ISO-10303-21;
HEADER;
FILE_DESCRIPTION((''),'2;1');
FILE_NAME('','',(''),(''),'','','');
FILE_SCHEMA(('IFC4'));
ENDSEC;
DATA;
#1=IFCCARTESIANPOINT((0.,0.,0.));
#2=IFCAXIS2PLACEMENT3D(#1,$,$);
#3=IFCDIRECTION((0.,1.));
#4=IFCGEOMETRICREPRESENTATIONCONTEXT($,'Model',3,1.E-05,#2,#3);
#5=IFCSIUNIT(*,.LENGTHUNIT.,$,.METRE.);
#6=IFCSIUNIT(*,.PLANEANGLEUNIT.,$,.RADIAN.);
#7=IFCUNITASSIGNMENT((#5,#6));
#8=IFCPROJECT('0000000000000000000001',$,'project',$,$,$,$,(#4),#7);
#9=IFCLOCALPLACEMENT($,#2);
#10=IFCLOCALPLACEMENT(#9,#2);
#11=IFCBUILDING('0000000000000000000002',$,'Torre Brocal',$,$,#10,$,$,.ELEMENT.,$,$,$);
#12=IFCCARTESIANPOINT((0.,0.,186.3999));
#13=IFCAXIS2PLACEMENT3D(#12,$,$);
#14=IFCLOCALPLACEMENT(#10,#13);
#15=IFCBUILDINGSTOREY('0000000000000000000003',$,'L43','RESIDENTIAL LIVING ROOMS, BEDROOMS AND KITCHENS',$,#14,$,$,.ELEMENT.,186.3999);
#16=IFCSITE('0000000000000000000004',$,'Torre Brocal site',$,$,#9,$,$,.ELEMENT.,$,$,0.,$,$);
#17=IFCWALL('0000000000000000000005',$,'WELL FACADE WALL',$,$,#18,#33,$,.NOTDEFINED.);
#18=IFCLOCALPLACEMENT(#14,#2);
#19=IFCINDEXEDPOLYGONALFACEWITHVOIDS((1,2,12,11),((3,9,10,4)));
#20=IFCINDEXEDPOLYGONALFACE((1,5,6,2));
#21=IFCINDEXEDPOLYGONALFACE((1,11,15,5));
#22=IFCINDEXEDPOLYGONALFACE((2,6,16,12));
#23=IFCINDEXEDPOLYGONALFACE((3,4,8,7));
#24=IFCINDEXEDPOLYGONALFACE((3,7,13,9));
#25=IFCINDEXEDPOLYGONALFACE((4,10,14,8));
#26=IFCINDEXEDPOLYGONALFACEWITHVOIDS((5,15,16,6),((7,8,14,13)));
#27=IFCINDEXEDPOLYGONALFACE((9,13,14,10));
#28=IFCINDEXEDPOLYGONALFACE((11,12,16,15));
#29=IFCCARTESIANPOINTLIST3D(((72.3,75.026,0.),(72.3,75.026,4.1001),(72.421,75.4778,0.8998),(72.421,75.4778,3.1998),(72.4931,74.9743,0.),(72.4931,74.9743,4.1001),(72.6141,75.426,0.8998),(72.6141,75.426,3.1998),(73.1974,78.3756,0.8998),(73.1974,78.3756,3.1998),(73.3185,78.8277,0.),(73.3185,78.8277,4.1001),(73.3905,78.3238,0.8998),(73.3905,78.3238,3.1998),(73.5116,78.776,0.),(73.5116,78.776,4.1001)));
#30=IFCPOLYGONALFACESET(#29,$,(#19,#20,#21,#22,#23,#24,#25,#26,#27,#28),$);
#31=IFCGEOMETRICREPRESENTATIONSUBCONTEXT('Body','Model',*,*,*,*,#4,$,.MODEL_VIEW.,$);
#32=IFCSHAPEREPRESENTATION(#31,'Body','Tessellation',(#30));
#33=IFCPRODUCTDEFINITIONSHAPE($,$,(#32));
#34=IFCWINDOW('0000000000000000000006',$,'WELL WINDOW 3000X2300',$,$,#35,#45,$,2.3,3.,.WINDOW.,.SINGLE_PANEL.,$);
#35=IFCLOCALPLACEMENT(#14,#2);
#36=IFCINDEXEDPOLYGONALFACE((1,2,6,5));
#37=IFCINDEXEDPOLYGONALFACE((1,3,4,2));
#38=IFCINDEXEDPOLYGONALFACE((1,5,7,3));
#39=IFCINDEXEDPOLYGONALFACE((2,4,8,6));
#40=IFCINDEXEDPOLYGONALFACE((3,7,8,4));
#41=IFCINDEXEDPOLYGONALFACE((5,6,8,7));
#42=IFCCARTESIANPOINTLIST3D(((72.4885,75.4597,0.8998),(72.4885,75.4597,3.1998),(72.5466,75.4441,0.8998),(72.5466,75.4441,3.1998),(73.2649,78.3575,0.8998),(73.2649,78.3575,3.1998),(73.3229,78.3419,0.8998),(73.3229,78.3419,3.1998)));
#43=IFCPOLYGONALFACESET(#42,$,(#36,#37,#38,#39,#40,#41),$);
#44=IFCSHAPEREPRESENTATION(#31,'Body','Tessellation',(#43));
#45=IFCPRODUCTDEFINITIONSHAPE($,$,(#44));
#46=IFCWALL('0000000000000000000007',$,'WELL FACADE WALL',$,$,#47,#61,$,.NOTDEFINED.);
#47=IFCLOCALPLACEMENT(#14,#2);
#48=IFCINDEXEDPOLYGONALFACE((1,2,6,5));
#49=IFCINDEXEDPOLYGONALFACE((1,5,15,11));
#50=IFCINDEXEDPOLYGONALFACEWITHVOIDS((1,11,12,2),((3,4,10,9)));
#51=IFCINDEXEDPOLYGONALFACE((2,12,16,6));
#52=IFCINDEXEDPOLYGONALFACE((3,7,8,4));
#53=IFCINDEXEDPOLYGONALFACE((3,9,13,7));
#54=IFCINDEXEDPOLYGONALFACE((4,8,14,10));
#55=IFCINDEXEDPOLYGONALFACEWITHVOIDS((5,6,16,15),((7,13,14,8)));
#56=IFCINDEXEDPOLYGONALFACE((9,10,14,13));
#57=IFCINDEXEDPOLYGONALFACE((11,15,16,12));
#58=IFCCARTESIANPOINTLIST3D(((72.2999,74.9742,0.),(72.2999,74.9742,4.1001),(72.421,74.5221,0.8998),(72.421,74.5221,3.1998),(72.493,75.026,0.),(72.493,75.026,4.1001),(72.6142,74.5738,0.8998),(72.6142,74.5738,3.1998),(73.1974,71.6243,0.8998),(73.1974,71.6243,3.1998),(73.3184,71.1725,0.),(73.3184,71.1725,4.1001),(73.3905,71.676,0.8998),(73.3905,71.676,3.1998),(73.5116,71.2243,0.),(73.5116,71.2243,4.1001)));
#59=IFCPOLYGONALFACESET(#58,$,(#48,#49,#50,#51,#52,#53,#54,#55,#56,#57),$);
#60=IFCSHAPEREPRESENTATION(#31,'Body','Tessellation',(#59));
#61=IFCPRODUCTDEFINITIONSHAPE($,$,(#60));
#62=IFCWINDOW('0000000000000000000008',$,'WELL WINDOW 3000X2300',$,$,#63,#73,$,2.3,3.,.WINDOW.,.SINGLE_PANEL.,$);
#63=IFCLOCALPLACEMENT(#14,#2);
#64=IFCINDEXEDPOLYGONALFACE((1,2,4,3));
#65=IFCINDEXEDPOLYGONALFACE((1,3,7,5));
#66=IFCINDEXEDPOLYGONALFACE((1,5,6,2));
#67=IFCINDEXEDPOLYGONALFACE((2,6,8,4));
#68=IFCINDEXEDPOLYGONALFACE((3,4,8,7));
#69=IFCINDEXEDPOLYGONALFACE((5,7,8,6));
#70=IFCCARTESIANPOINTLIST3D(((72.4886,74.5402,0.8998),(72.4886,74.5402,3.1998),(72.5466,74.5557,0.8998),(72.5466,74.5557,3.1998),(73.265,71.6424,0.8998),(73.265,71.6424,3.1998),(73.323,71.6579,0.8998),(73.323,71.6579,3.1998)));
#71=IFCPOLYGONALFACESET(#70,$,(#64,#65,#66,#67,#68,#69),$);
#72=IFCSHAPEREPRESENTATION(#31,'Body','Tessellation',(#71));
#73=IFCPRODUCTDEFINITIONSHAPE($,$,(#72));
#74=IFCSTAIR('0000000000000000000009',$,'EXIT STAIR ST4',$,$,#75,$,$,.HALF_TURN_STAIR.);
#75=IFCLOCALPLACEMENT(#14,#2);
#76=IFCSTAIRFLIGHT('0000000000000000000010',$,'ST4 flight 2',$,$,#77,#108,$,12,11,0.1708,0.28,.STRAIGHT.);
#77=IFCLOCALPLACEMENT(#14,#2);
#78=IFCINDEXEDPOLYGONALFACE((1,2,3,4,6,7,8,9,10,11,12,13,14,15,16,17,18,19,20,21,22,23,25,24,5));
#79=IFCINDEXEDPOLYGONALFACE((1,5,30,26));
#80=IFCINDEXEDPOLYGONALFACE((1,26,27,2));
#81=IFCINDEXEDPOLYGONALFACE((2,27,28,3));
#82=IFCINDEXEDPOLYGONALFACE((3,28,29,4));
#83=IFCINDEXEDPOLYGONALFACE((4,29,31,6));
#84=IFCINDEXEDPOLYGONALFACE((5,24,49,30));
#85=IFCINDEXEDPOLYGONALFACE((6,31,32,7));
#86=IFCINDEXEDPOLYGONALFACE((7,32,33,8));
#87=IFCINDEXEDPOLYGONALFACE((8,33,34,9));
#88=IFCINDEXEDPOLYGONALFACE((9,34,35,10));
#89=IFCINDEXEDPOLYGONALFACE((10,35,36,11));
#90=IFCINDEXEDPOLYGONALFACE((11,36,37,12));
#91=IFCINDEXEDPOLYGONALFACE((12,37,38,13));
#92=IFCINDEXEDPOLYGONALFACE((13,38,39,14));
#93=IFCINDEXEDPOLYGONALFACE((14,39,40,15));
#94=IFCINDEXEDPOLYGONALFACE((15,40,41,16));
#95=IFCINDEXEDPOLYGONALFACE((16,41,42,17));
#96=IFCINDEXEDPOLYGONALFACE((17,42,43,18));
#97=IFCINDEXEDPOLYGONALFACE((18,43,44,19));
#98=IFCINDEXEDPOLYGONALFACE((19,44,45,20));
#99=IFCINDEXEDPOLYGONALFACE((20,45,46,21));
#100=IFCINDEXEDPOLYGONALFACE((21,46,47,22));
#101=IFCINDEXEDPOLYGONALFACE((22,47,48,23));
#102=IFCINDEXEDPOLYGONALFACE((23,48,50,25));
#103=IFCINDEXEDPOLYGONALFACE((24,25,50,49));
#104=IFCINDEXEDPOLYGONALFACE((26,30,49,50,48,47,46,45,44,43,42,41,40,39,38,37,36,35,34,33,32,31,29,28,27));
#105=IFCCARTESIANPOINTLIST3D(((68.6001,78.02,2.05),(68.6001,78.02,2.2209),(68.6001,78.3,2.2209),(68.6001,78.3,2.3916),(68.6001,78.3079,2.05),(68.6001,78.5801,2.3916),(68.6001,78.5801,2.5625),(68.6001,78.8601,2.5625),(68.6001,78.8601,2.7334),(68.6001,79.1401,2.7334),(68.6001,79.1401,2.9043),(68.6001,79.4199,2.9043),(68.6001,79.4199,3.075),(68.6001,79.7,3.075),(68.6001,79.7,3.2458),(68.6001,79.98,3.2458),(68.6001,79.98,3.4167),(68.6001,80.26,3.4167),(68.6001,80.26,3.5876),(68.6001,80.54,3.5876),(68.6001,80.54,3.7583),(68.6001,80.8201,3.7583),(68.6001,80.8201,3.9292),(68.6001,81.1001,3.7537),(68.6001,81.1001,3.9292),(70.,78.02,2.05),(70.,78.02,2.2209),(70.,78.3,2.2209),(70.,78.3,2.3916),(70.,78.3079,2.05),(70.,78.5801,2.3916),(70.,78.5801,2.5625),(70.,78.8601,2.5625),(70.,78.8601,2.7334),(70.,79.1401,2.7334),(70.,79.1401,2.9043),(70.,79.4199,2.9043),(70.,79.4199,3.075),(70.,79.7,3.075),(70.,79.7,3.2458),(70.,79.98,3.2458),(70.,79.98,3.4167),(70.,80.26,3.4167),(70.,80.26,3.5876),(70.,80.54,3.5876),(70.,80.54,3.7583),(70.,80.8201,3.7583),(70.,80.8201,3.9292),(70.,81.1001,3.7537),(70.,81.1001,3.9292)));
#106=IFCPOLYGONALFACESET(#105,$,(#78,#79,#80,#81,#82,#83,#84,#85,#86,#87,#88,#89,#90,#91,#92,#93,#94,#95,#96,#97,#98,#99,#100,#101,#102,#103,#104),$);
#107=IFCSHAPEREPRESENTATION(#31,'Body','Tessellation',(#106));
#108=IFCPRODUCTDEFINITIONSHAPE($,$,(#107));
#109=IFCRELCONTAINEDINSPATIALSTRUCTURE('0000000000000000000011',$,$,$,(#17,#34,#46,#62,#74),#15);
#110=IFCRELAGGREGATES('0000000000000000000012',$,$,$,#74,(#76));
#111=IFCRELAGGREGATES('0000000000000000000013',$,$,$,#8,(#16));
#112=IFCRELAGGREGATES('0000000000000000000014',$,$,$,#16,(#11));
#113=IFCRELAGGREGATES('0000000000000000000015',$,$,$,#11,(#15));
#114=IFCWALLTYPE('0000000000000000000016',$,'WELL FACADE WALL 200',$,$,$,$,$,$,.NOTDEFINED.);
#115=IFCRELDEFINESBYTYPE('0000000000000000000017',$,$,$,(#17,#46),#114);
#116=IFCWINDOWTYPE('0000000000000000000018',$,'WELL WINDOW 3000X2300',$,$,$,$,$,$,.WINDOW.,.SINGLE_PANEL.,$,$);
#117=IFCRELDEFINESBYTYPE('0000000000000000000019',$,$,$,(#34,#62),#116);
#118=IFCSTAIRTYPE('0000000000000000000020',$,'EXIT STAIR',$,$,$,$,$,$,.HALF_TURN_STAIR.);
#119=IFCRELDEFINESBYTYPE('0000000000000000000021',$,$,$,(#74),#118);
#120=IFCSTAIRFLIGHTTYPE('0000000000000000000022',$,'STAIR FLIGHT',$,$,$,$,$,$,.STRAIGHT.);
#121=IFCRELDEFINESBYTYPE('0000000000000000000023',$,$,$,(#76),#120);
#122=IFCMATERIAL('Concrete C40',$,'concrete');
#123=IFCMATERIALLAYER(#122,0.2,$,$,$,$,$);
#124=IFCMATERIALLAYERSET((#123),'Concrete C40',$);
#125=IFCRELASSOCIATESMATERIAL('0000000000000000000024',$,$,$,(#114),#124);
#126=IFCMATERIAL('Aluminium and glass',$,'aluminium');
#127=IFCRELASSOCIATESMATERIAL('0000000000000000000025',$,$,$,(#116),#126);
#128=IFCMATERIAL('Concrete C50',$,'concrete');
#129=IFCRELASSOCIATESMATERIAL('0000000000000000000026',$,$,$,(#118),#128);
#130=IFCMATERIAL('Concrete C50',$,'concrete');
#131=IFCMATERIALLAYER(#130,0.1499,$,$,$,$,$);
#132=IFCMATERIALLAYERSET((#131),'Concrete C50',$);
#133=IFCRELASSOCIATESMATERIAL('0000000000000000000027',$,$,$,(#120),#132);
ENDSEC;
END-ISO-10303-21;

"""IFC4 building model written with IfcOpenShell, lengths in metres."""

from ifc_helpers import new_model, si_unit, direction, frame, frame_2d, origin, place, context, subcontext, project, spatial, polyline, rectangle, outline, extrude, material, layer, layer_set, type_object, element, fill, aggregate, save


model = new_model("IFC4")

# Units and contexts
model_context = context("Model", 3, precision=1e-05, world=origin(), true_north=direction((0.0, 1.0)))
body_context = subcontext(model_context, "Body", "Model", "MODEL_VIEW")
ifc_project = project(units=[si_unit("LENGTHUNIT", "METRE"), si_unit("PLANEANGLEUNIT", "RADIAN")], contexts=[model_context])

# Site, building, storey
site_placement = place(None, origin())
site = spatial("IfcSite", under=ifc_project, at=site_placement, Name="Torre Brocal site", CompositionType="ELEMENT", RefElevation=0.0)
building_placement = place(site_placement, origin())
building = spatial("IfcBuilding", under=site, at=building_placement, Name="Torre Brocal", CompositionType="ELEMENT")
storey_placement = place(building_placement, frame((0.0, 0.0, 186.3999)))
storey = spatial("IfcBuildingStorey", under=building, at=storey_placement, Name="L43", Description="RESIDENTIAL LIVING ROOMS, BEDROOMS AND KITCHENS", CompositionType="ELEMENT", Elevation=186.3999)

# Walls, openings, windows
ifc_material_1 = material(Name="Concrete C40", Category="concrete")
ifc_layer_1 = layer(ifc_material_1, 0.2)
ifc_layer_set_1 = layer_set([ifc_layer_1], Name="Concrete C40")
wall_type_1 = type_object("IfcWallType", Name="WELL FACADE WALL 200", PredefinedType="NOTDEFINED", material=ifc_layer_set_1)
wall_1_placement = place(storey_placement, frame((73.415, 78.8018, 0.0), z_axis=(0.0, 0.0, 1.0), x_axis=(-0.25879, -0.965934, 0.0)))
wall_1 = element("IfcWall", 1, at=wall_1_placement, inside=storey, type_object=wall_type_1, Name="WELL FACADE WALL", PredefinedType="NOTDEFINED", context=body_context, shape_type="SweptSolid", body=[
    extrude(rectangle(XDim=3.9358, YDim=0.2, at=frame_2d((1.9678, 0.0))), origin(), (0.0, 0.0, 1.0), 4.1001),
])
opening_1_placement = place(wall_1_placement, frame((0.468, 0.0, 0.8999)))
opening_1 = element("IfcOpeningElement", 2, at=opening_1_placement, cuts=wall_1, PredefinedType="OPENING", context=body_context, shape_type="SweptSolid", body=[
    extrude(rectangle(XDim=3.0, YDim=2.3, at=frame_2d((1.5, 1.1499))), frame((0.0, 0.1099, 0.0), z_axis=(0.0, -1.0, 0.0), x_axis=(1.0, 0.0, 0.0)), (0.0, 0.0, 1.0), 0.22),
])
ifc_material_2 = material(Name="Aluminium and glass", Category="aluminium")
window_type = type_object("IfcWindowType", Name="WELL WINDOW 3000X2300", PartitioningType="SINGLE_PANEL", PredefinedType="WINDOW", material=ifc_material_2)
window_1_placement = place(opening_1_placement, origin())
window_1 = element("IfcWindow", 3, at=window_1_placement, inside=storey, type_object=window_type, Name="WELL WINDOW 3000X2300", OverallHeight=2.3, OverallWidth=3.0, PartitioningType="SINGLE_PANEL", PredefinedType="WINDOW", context=body_context, shape_type="SweptSolid", body=[
    extrude(rectangle(XDim=3.0, YDim=2.3, at=frame_2d((1.5, 1.1499))), frame((0.0, 0.03, 0.0), z_axis=(0.0, -1.0, 0.0), x_axis=(1.0, 0.0, 0.0)), (0.0, 0.0, 1.0), 0.0601),
])
fill(opening_1, window_1)
wall_2_placement = place(storey_placement, frame((72.3965, 75.0, 0.0), z_axis=(0.0, 0.0, 1.0), x_axis=(0.25879, -0.965934, 0.0)))
wall_2 = element("IfcWall", 4, at=wall_2_placement, inside=storey, type_object=wall_type_1, Name="WELL FACADE WALL", PredefinedType="NOTDEFINED", context=body_context, shape_type="SweptSolid", body=[
    extrude(rectangle(XDim=3.9358, YDim=0.2, at=frame_2d((1.9678, 0.0))), origin(), (0.0, 0.0, 1.0), 4.1001),
])
opening_2_placement = place(wall_2_placement, frame((0.468, 0.0, 0.8999)))
opening_2 = element("IfcOpeningElement", 5, at=opening_2_placement, cuts=wall_2, PredefinedType="OPENING", context=body_context, shape_type="SweptSolid", body=[
    extrude(rectangle(XDim=3.0, YDim=2.3, at=frame_2d((1.5, 1.1499))), frame((0.0, 0.1099, 0.0), z_axis=(0.0, -1.0, 0.0), x_axis=(1.0, 0.0, 0.0)), (0.0, 0.0, 1.0), 0.22),
])
window_2_placement = place(opening_2_placement, origin())
window_2 = element("IfcWindow", 6, at=window_2_placement, inside=storey, type_object=window_type, Name="WELL WINDOW 3000X2300", OverallHeight=2.3, OverallWidth=3.0, PartitioningType="SINGLE_PANEL", PredefinedType="WINDOW", context=body_context, shape_type="SweptSolid", body=[
    extrude(rectangle(XDim=3.0, YDim=2.3, at=frame_2d((1.5, 1.1499))), frame((0.0, 0.03, 0.0), z_axis=(0.0, -1.0, 0.0), x_axis=(1.0, 0.0, 0.0)), (0.0, 0.0, 1.0), 0.0601),
])
fill(opening_2, window_2)

# Stair, stair flight
ifc_material_3 = material(Name="Concrete C50", Category="concrete")
stair_type = type_object("IfcStairType", Name="EXIT STAIR", PredefinedType="HALF_TURN_STAIR", material=ifc_material_3)
stair_placement = place(storey_placement, origin())
stair = element("IfcStair", 7, at=stair_placement, inside=storey, type_object=stair_type, Name="EXIT STAIR ST4", PredefinedType="HALF_TURN_STAIR")
ifc_material_4 = material(Name="Concrete C50", Category="concrete")
ifc_layer_2 = layer(ifc_material_4, 0.1499)
ifc_layer_set_2 = layer_set([ifc_layer_2], Name="Concrete C50")
stair_flight_type = type_object("IfcStairFlightType", Name="STAIR FLIGHT", PredefinedType="STRAIGHT", material=ifc_layer_set_2)
stair_flight_placement = place(storey_placement, frame((69.3, 78.02, 2.05), z_axis=(0.0, 0.0, 1.0), x_axis=(0.0, 1.0, 0.0)))
stair_flight = element("IfcStairFlight", 8, at=stair_flight_placement, type_object=stair_flight_type, Name="ST4 flight 2", NumberOfRisers=12, NumberOfTreads=11, PredefinedType="STRAIGHT", RiserHeight=0.1708, TreadLength=0.28, context=body_context, shape_type="SweptSolid", body=[
    extrude(outline(polyline([(0.0, 0.0), (0.0, 0.1709), (0.28, 0.1709), (0.28, 0.3416), (0.5601, 0.3416), (0.5601, 0.5125), (0.8401, 0.5125), (0.8401, 0.6833), (1.1201, 0.6833), (1.1201, 0.8542), (1.3999, 0.8542), (1.3999, 1.0249), (1.6799, 1.0249), (1.6799, 1.1958), (1.96, 1.1958), (1.96, 1.3667), (2.24, 1.3667), (2.24, 1.5376), (2.52, 1.5376), (2.52, 1.7083), (2.8, 1.7083), (2.8, 1.8792), (3.0801, 1.8792), (3.0801, 2.05), (3.0801, 1.7036), (0.2878, 0.0), (0.0, 0.0)])), frame((0.0, 0.7, 0.0), z_axis=(0.0, -1.0, 0.0), x_axis=(1.0, 0.0, 0.0)), (0.0, 0.0, 1.0), 1.3999),
])
aggregate(stair, [stair_flight])

save(model, "model.ifc")
